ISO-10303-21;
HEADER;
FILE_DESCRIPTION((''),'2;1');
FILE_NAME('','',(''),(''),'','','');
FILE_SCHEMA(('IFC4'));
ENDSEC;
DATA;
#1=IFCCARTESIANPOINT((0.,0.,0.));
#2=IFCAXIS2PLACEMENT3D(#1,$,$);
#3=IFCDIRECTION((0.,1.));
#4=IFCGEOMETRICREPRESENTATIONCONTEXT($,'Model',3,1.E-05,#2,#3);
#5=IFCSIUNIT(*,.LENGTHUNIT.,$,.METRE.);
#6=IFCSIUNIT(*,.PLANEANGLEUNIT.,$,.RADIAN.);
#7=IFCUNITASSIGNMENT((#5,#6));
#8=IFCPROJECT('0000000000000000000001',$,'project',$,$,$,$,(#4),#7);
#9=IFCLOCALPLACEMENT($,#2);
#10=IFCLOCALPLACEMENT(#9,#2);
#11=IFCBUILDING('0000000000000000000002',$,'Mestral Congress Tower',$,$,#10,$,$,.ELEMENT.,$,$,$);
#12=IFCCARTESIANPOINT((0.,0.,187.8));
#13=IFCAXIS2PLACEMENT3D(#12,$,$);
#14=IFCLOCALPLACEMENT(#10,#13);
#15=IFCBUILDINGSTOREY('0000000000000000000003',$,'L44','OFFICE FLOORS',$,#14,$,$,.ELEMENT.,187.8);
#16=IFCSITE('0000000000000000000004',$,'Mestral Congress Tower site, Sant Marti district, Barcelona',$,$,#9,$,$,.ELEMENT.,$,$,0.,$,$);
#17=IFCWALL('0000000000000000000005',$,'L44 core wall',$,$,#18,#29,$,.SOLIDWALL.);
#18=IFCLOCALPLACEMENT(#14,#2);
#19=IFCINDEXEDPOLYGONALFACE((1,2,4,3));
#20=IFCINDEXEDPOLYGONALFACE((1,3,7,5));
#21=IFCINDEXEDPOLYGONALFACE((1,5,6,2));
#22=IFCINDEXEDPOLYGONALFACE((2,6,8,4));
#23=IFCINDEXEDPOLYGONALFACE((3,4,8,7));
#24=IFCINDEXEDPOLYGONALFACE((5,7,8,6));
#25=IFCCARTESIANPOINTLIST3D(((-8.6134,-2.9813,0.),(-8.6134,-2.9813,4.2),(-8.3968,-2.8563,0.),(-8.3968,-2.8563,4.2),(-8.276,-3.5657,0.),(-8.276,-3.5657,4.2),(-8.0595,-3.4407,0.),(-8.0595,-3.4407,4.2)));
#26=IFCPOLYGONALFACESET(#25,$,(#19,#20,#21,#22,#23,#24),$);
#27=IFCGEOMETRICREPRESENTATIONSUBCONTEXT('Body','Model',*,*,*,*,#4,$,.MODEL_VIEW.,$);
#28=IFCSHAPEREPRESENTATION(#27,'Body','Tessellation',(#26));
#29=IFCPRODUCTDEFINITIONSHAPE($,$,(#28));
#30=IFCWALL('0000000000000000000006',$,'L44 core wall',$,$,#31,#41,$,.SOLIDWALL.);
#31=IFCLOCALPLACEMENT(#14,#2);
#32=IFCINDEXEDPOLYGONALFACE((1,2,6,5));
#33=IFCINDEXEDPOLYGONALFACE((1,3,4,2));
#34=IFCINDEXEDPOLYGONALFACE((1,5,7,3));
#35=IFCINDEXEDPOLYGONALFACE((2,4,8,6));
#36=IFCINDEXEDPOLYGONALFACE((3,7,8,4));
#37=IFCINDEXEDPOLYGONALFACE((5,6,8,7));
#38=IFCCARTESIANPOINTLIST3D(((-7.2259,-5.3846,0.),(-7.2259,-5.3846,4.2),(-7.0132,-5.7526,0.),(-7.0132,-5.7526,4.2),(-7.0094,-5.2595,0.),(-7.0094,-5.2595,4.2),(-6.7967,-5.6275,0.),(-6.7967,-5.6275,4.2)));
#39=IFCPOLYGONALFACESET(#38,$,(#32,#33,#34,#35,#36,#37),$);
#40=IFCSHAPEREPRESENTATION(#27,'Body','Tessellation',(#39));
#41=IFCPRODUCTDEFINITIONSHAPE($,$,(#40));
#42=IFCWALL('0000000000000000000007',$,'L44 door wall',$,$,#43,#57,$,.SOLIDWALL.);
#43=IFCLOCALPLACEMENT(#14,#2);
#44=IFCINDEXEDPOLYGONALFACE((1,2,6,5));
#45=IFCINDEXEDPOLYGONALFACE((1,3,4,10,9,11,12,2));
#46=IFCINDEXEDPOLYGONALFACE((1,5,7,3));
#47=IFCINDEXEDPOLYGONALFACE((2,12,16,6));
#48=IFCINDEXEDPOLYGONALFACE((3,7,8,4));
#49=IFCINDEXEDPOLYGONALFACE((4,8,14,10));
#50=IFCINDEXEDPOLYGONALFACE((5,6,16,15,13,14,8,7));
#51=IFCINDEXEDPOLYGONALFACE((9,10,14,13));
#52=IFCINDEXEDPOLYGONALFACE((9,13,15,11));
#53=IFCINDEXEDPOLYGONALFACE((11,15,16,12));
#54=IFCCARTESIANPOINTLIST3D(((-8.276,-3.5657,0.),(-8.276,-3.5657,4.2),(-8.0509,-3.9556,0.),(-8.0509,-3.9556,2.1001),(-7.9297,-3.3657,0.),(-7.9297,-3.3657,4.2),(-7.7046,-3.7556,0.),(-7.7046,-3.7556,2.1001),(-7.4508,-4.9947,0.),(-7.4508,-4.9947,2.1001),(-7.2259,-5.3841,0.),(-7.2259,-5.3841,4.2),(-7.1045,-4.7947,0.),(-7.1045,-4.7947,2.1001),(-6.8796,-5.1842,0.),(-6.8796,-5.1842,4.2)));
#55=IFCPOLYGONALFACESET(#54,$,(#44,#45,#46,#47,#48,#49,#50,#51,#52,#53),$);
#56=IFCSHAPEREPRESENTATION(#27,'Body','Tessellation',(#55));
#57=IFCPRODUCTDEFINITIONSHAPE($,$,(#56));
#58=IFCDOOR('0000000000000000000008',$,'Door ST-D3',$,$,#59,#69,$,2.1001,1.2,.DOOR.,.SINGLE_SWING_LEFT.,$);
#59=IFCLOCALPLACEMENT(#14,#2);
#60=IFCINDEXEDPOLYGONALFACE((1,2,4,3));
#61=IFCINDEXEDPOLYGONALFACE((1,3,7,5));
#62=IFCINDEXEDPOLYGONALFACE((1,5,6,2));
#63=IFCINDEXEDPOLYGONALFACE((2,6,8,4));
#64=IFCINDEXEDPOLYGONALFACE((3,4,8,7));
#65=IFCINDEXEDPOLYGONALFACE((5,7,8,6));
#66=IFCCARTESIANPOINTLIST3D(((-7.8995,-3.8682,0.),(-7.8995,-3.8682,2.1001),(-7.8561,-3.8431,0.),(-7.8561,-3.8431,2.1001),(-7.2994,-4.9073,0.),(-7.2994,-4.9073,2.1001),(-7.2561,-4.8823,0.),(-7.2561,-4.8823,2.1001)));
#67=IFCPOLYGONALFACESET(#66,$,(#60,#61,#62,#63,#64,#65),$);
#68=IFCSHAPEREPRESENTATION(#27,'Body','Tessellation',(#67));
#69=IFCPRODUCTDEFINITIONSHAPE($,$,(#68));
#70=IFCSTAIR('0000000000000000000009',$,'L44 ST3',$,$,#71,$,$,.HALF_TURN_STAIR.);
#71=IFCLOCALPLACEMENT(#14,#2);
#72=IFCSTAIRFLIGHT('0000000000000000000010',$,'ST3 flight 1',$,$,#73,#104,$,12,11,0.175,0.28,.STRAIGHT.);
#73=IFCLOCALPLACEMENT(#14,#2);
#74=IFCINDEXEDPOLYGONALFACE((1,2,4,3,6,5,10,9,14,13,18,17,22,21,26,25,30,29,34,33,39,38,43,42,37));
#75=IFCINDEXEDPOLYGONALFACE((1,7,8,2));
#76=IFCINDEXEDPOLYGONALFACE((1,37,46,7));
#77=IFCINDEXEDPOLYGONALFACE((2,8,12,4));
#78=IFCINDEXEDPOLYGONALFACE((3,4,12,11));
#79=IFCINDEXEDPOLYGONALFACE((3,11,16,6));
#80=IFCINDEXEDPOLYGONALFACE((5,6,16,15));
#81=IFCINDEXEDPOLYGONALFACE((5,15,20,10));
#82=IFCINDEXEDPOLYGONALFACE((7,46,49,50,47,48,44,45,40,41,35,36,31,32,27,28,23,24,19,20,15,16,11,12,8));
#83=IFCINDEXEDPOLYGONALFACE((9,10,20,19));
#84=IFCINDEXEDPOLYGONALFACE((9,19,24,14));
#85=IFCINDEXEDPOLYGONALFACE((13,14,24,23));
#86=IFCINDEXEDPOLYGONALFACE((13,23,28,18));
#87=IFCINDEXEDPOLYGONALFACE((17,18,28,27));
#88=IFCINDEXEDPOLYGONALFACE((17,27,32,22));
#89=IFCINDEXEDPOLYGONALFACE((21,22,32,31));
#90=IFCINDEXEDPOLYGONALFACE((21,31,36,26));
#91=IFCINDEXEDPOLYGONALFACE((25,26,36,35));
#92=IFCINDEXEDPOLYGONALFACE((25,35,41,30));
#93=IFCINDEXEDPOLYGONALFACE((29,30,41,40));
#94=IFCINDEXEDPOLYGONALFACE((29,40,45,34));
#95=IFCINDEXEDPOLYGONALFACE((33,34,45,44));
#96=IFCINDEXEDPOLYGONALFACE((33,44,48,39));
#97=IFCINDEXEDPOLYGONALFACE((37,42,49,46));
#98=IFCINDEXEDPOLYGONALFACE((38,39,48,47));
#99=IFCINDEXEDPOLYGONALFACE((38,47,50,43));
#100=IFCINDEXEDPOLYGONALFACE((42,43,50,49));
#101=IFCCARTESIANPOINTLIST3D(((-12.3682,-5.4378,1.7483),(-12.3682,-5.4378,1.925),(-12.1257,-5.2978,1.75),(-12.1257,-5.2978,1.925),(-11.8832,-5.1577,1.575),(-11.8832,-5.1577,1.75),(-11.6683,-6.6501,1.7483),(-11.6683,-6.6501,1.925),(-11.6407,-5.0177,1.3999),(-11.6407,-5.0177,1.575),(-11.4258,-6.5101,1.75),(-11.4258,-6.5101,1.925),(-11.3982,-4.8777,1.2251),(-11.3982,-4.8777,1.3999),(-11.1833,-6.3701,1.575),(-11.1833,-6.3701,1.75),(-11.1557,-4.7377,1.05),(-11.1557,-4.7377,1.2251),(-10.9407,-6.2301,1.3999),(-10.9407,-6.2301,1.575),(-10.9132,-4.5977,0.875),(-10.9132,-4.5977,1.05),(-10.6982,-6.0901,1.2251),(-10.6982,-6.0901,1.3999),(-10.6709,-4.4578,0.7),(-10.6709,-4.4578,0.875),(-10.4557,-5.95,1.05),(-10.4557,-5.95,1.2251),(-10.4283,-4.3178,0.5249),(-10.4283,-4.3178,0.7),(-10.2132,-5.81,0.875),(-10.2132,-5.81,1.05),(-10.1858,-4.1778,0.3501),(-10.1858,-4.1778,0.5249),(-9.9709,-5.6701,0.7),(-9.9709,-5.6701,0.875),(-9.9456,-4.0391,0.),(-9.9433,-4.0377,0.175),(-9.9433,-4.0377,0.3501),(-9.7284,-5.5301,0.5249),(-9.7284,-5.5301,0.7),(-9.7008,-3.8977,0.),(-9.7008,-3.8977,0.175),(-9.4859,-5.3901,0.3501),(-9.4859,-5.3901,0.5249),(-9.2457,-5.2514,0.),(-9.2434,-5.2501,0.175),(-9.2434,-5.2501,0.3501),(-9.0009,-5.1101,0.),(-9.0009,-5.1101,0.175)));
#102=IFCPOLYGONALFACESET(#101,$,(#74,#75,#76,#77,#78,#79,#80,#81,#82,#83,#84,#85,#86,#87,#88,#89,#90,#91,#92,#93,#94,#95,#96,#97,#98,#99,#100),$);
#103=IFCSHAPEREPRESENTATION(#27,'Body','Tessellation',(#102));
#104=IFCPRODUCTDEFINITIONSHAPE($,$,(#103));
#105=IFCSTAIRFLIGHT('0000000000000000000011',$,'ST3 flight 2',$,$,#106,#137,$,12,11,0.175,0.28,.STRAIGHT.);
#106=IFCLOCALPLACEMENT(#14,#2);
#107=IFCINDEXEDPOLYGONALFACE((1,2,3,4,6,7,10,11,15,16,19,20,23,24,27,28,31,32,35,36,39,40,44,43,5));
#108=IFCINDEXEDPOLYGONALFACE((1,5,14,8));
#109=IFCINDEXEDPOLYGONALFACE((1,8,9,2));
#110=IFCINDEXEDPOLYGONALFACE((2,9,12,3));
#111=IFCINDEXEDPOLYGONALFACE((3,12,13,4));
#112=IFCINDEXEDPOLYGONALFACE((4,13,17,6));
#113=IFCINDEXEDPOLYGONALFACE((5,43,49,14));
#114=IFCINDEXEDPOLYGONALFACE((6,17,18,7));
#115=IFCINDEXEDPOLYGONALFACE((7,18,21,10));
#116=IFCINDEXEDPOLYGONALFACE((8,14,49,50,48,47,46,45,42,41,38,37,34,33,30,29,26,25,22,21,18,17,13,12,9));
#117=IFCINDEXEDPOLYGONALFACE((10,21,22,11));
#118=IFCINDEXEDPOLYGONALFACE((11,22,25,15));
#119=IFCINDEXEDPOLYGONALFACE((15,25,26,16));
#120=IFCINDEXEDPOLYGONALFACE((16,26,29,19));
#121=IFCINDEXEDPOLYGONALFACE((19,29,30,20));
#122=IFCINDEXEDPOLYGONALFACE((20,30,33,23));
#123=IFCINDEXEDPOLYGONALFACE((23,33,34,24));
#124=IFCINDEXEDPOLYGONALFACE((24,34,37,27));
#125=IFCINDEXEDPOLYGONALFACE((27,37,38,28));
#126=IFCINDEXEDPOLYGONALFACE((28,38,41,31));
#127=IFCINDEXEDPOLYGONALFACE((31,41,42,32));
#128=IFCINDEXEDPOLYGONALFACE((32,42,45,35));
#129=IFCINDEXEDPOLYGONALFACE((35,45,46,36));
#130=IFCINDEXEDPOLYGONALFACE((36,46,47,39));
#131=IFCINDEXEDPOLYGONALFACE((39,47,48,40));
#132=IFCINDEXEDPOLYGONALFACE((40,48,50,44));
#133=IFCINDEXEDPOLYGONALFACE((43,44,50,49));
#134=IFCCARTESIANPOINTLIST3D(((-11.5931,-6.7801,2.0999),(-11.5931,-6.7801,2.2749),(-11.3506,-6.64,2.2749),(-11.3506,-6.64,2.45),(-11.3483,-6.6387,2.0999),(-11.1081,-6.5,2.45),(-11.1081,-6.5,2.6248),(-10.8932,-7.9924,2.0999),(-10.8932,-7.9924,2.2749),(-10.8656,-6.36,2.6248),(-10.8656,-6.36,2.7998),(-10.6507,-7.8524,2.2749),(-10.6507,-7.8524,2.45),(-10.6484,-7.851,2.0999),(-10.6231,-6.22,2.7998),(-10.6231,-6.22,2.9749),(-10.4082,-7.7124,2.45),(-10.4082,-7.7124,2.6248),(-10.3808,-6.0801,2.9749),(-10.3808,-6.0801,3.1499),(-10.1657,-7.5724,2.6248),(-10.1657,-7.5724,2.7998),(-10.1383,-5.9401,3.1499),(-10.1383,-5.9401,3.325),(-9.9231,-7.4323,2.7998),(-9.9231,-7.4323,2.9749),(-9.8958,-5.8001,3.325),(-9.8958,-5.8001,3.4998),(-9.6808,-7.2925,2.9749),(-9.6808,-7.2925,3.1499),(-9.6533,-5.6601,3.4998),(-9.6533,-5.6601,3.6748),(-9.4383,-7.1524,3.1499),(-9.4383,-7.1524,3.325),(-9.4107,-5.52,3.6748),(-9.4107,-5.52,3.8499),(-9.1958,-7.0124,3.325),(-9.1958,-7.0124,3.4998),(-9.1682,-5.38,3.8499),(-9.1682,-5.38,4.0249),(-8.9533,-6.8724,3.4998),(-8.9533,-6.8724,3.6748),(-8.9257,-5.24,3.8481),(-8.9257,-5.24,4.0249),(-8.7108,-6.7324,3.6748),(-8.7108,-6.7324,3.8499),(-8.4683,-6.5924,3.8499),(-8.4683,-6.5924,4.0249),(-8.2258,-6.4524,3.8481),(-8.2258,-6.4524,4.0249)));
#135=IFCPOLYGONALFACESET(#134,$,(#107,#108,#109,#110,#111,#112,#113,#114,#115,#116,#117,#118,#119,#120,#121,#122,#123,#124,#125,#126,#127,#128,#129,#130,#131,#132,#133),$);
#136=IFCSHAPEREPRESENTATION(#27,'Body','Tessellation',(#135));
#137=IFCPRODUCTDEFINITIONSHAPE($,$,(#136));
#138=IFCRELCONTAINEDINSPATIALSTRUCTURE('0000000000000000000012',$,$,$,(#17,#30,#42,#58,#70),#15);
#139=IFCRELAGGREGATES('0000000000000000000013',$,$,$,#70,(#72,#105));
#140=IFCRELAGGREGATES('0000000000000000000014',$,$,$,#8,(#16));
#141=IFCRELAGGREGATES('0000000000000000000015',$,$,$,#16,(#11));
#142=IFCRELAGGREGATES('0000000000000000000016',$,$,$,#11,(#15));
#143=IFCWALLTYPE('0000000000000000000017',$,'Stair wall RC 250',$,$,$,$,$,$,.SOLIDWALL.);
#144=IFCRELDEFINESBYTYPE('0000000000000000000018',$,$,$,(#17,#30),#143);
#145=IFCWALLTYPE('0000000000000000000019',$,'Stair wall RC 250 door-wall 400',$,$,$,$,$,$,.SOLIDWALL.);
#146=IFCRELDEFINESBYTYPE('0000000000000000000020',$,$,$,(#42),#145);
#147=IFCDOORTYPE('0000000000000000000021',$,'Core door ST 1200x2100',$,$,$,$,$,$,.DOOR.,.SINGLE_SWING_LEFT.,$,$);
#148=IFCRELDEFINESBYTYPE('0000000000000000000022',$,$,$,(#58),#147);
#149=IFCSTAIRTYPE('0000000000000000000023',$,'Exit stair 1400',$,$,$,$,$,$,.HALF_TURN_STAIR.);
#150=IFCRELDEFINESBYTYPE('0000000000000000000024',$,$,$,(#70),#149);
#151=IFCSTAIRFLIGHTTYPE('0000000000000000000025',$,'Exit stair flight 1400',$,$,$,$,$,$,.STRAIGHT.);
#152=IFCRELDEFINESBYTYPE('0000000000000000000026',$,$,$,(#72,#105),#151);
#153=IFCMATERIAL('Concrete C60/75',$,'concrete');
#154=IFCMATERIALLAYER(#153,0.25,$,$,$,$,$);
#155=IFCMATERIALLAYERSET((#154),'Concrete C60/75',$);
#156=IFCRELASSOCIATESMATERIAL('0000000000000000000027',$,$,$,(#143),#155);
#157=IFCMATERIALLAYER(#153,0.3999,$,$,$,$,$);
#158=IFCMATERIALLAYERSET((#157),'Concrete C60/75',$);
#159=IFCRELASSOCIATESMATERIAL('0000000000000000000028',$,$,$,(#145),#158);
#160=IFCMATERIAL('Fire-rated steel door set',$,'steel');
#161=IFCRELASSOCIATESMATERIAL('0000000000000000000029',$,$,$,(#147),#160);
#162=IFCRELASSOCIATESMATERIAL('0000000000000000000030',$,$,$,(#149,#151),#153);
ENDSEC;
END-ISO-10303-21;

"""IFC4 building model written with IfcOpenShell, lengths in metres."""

from ifc_helpers import new_model, si_unit, direction, frame, frame_2d, origin, place, context, subcontext, project, spatial, polyline, rectangle, outline, extrude, material, layer, layer_set, type_object, element, fill, aggregate, save


model = new_model("IFC4")

# Units and contexts
model_context = context("Model", 3, precision=1e-05, world=origin(), true_north=direction((0.0, 1.0)))
body_context = subcontext(model_context, "Body", "Model", "MODEL_VIEW")
ifc_project = project(units=[si_unit("LENGTHUNIT", "METRE"), si_unit("PLANEANGLEUNIT", "RADIAN")], contexts=[model_context])

# Site, building, storey
site_placement = place(None, origin())
site = spatial("IfcSite", under=ifc_project, at=site_placement, Name="Mestral Congress Tower site, Sant Marti district, Barcelona", CompositionType="ELEMENT", RefElevation=0.0)
building_placement = place(site_placement, origin())
building = spatial("IfcBuilding", under=site, at=building_placement, Name="Mestral Congress Tower", CompositionType="ELEMENT")
storey_placement = place(building_placement, frame((0.0, 0.0, 187.8)))
storey = spatial("IfcBuildingStorey", under=building, at=storey_placement, Name="L44", Description="OFFICE FLOORS", CompositionType="ELEMENT", Elevation=187.8)

# Shared definitions
ifc_material_1 = material(Name="Fire-rated steel door set", Category="steel")

# Shared definitions
ifc_material_2 = material(Name="Concrete C60/75", Category="concrete")

# Walls
ifc_layer_1 = layer(ifc_material_2, 0.25)
ifc_layer_set_1 = layer_set([ifc_layer_1], Name="Concrete C60/75")
wall_type_1 = type_object("IfcWallType", Name="Stair wall RC 250", PredefinedType="SOLIDWALL", material=ifc_layer_set_1)
wall_1_placement = place(storey_placement, frame((-8.1677, -3.5032, 0.0), z_axis=(0.0, 0.0, 1.0), x_axis=(-0.499952, 0.866053, 0.0)))
element("IfcWall", 1, at=wall_1_placement, inside=storey, type_object=wall_type_1, Name="L44 core wall", PredefinedType="SOLIDWALL", context=body_context, shape_type="SweptSolid", body=[
    extrude(rectangle(XDim=0.6748, YDim=0.25, at=frame_2d((0.3374, 0.0))), origin(), (0.0, 0.0, 1.0), 4.2),
])
wall_2_placement = place(storey_placement, frame((-6.905, -5.6899, 0.0), z_axis=(0.0, 0.0, 1.0), x_axis=(-0.500402, 0.865793, 0.0)))
element("IfcWall", 2, at=wall_2_placement, inside=storey, type_object=wall_type_1, Name="L44 core wall", PredefinedType="SOLIDWALL", context=body_context, shape_type="SweptSolid", body=[
    extrude(rectangle(XDim=0.425, YDim=0.25, at=frame_2d((0.2124, 0.0))), origin(), (0.0, 0.0, 1.0), 4.2),
])

# Wall, opening, door
ifc_layer_2 = layer(ifc_material_2, 0.3999)
ifc_layer_set_2 = layer_set([ifc_layer_2], Name="Concrete C60/75")
wall_type_2 = type_object("IfcWallType", Name="Stair wall RC 250 door-wall 400", PredefinedType="SOLIDWALL", material=ifc_layer_set_2)
wall_3_placement = place(storey_placement, frame((-8.1028, -3.4658, 0.0), z_axis=(0.0, 0.0, 1.0), x_axis=(0.500078, -0.86598, 0.0)))
wall_3 = element("IfcWall", 3, at=wall_3_placement, inside=storey, type_object=wall_type_2, Name="L44 door wall", PredefinedType="SOLIDWALL", context=body_context, shape_type="SweptSolid", body=[
    extrude(rectangle(XDim=2.0999, YDim=0.3999, at=frame_2d((1.0498, 0.0))), origin(), (0.0, 0.0, 1.0), 4.2),
])
opening_1_placement = place(wall_3_placement, frame((0.45, 0.0, 0.0)))
opening_1 = element("IfcOpeningElement", 4, at=opening_1_placement, cuts=wall_3, PredefinedType="OPENING", context=body_context, shape_type="SweptSolid", body=[
    extrude(rectangle(XDim=1.2, YDim=2.1001, at=frame_2d((0.6001, 1.05))), frame((0.0, 0.21, 0.0), z_axis=(0.0, -1.0, 0.0), x_axis=(1.0, 0.0, 0.0)), (0.0, 0.0, 1.0), 0.4199),
])
door_type_1 = type_object("IfcDoorType", Name="Core door ST 1200x2100", OperationType="SINGLE_SWING_LEFT", PredefinedType="DOOR", material=ifc_material_1)
door_1_placement = place(opening_1_placement, origin())
door_1 = element("IfcDoor", 5, at=door_1_placement, inside=storey, type_object=door_type_1, Name="Door ST-D3", OperationType="SINGLE_SWING_LEFT", OverallHeight=2.1001, OverallWidth=1.2, PredefinedType="DOOR", context=body_context, shape_type="SweptSolid", body=[
    extrude(rectangle(XDim=1.2, YDim=2.1001, at=frame_2d((0.6001, 1.05))), frame((0.0, 0.0249, 0.0), z_axis=(0.0, -1.0, 0.0), x_axis=(1.0, 0.0, 0.0)), (0.0, 0.0, 1.0), 0.05),
])
fill(opening_1, door_1)

# Stair, stair flights
stair_type = type_object("IfcStairType", Name="Exit stair 1400", PredefinedType="HALF_TURN_STAIR", material=ifc_material_2)
stair_placement = place(storey_placement, origin())
stair = element("IfcStair", 6, at=stair_placement, inside=storey, type_object=stair_type, Name="L44 ST3", PredefinedType="HALF_TURN_STAIR")
stair_flight_type = type_object("IfcStairFlightType", Name="Exit stair flight 1400", PredefinedType="STRAIGHT", material=ifc_material_2)
stair_flight_1_placement = place(storey_placement, frame((-9.3508, -4.5039, 0.0), z_axis=(0.0, 0.0, 1.0), x_axis=(-0.866025, -0.5, 0.0)))
stair_flight_1 = element("IfcStairFlight", 7, at=stair_flight_1_placement, type_object=stair_flight_type, Name="ST3 flight 1", NumberOfRisers=12, NumberOfTreads=11, PredefinedType="STRAIGHT", RiserHeight=0.175, TreadLength=0.28, context=body_context, shape_type="SweptSolid", body=[
    extrude(outline(polyline([(0.0, 0.0), (0.0, 0.175), (0.28, 0.175), (0.28, 0.3501), (0.5601, 0.3501), (0.5601, 0.5249), (0.8401, 0.5249), (0.8401, 0.7), (1.1201, 0.7), (1.1201, 0.875), (1.3999, 0.875), (1.3999, 1.05), (1.6799, 1.05), (1.6799, 1.2251), (1.96, 1.2251), (1.96, 1.3999), (2.24, 1.3999), (2.24, 1.575), (2.52, 1.575), (2.52, 1.75), (2.8, 1.75), (2.8, 1.925), (3.0801, 1.925), (3.0801, 2.1001), (3.0801, 1.7483), (0.2827, 0.0), (0.0, 0.0)])), frame((0.0, 0.7, 0.0), z_axis=(0.0, -1.0, 0.0), x_axis=(1.0, 0.0, 0.0)), (0.0, 0.0, 1.0), 1.3999),
])
stair_flight_2_placement = place(storey_placement, frame((-11.2432, -7.3862, 2.0999), z_axis=(0.0, 0.0, 1.0), x_axis=(0.866025, 0.5, 0.0)))
stair_flight_2 = element("IfcStairFlight", 8, at=stair_flight_2_placement, type_object=stair_flight_type, Name="ST3 flight 2", NumberOfRisers=12, NumberOfTreads=11, PredefinedType="STRAIGHT", RiserHeight=0.175, TreadLength=0.28, context=body_context, shape_type="SweptSolid", body=[
    extrude(outline(polyline([(0.0, 0.0), (0.0, 0.175), (0.28, 0.175), (0.28, 0.3501), (0.5601, 0.3501), (0.5601, 0.5249), (0.8401, 0.5249), (0.8401, 0.7), (1.1201, 0.7), (1.1201, 0.875), (1.3999, 0.875), (1.3999, 1.05), (1.6799, 1.05), (1.6799, 1.2251), (1.96, 1.2251), (1.96, 1.3999), (2.24, 1.3999), (2.24, 1.575), (2.52, 1.575), (2.52, 1.75), (2.8, 1.75), (2.8, 1.925), (3.0801, 1.925), (3.0801, 2.1001), (3.0801, 1.7483), (0.2827, 0.0), (0.0, 0.0)])), frame((0.0, 0.7, 0.0), z_axis=(0.0, -1.0, 0.0), x_axis=(1.0, 0.0, 0.0)), (0.0, 0.0, 1.0), 1.3999),
])
aggregate(stair, [stair_flight_1, stair_flight_2])

save(model, "model.ifc")
